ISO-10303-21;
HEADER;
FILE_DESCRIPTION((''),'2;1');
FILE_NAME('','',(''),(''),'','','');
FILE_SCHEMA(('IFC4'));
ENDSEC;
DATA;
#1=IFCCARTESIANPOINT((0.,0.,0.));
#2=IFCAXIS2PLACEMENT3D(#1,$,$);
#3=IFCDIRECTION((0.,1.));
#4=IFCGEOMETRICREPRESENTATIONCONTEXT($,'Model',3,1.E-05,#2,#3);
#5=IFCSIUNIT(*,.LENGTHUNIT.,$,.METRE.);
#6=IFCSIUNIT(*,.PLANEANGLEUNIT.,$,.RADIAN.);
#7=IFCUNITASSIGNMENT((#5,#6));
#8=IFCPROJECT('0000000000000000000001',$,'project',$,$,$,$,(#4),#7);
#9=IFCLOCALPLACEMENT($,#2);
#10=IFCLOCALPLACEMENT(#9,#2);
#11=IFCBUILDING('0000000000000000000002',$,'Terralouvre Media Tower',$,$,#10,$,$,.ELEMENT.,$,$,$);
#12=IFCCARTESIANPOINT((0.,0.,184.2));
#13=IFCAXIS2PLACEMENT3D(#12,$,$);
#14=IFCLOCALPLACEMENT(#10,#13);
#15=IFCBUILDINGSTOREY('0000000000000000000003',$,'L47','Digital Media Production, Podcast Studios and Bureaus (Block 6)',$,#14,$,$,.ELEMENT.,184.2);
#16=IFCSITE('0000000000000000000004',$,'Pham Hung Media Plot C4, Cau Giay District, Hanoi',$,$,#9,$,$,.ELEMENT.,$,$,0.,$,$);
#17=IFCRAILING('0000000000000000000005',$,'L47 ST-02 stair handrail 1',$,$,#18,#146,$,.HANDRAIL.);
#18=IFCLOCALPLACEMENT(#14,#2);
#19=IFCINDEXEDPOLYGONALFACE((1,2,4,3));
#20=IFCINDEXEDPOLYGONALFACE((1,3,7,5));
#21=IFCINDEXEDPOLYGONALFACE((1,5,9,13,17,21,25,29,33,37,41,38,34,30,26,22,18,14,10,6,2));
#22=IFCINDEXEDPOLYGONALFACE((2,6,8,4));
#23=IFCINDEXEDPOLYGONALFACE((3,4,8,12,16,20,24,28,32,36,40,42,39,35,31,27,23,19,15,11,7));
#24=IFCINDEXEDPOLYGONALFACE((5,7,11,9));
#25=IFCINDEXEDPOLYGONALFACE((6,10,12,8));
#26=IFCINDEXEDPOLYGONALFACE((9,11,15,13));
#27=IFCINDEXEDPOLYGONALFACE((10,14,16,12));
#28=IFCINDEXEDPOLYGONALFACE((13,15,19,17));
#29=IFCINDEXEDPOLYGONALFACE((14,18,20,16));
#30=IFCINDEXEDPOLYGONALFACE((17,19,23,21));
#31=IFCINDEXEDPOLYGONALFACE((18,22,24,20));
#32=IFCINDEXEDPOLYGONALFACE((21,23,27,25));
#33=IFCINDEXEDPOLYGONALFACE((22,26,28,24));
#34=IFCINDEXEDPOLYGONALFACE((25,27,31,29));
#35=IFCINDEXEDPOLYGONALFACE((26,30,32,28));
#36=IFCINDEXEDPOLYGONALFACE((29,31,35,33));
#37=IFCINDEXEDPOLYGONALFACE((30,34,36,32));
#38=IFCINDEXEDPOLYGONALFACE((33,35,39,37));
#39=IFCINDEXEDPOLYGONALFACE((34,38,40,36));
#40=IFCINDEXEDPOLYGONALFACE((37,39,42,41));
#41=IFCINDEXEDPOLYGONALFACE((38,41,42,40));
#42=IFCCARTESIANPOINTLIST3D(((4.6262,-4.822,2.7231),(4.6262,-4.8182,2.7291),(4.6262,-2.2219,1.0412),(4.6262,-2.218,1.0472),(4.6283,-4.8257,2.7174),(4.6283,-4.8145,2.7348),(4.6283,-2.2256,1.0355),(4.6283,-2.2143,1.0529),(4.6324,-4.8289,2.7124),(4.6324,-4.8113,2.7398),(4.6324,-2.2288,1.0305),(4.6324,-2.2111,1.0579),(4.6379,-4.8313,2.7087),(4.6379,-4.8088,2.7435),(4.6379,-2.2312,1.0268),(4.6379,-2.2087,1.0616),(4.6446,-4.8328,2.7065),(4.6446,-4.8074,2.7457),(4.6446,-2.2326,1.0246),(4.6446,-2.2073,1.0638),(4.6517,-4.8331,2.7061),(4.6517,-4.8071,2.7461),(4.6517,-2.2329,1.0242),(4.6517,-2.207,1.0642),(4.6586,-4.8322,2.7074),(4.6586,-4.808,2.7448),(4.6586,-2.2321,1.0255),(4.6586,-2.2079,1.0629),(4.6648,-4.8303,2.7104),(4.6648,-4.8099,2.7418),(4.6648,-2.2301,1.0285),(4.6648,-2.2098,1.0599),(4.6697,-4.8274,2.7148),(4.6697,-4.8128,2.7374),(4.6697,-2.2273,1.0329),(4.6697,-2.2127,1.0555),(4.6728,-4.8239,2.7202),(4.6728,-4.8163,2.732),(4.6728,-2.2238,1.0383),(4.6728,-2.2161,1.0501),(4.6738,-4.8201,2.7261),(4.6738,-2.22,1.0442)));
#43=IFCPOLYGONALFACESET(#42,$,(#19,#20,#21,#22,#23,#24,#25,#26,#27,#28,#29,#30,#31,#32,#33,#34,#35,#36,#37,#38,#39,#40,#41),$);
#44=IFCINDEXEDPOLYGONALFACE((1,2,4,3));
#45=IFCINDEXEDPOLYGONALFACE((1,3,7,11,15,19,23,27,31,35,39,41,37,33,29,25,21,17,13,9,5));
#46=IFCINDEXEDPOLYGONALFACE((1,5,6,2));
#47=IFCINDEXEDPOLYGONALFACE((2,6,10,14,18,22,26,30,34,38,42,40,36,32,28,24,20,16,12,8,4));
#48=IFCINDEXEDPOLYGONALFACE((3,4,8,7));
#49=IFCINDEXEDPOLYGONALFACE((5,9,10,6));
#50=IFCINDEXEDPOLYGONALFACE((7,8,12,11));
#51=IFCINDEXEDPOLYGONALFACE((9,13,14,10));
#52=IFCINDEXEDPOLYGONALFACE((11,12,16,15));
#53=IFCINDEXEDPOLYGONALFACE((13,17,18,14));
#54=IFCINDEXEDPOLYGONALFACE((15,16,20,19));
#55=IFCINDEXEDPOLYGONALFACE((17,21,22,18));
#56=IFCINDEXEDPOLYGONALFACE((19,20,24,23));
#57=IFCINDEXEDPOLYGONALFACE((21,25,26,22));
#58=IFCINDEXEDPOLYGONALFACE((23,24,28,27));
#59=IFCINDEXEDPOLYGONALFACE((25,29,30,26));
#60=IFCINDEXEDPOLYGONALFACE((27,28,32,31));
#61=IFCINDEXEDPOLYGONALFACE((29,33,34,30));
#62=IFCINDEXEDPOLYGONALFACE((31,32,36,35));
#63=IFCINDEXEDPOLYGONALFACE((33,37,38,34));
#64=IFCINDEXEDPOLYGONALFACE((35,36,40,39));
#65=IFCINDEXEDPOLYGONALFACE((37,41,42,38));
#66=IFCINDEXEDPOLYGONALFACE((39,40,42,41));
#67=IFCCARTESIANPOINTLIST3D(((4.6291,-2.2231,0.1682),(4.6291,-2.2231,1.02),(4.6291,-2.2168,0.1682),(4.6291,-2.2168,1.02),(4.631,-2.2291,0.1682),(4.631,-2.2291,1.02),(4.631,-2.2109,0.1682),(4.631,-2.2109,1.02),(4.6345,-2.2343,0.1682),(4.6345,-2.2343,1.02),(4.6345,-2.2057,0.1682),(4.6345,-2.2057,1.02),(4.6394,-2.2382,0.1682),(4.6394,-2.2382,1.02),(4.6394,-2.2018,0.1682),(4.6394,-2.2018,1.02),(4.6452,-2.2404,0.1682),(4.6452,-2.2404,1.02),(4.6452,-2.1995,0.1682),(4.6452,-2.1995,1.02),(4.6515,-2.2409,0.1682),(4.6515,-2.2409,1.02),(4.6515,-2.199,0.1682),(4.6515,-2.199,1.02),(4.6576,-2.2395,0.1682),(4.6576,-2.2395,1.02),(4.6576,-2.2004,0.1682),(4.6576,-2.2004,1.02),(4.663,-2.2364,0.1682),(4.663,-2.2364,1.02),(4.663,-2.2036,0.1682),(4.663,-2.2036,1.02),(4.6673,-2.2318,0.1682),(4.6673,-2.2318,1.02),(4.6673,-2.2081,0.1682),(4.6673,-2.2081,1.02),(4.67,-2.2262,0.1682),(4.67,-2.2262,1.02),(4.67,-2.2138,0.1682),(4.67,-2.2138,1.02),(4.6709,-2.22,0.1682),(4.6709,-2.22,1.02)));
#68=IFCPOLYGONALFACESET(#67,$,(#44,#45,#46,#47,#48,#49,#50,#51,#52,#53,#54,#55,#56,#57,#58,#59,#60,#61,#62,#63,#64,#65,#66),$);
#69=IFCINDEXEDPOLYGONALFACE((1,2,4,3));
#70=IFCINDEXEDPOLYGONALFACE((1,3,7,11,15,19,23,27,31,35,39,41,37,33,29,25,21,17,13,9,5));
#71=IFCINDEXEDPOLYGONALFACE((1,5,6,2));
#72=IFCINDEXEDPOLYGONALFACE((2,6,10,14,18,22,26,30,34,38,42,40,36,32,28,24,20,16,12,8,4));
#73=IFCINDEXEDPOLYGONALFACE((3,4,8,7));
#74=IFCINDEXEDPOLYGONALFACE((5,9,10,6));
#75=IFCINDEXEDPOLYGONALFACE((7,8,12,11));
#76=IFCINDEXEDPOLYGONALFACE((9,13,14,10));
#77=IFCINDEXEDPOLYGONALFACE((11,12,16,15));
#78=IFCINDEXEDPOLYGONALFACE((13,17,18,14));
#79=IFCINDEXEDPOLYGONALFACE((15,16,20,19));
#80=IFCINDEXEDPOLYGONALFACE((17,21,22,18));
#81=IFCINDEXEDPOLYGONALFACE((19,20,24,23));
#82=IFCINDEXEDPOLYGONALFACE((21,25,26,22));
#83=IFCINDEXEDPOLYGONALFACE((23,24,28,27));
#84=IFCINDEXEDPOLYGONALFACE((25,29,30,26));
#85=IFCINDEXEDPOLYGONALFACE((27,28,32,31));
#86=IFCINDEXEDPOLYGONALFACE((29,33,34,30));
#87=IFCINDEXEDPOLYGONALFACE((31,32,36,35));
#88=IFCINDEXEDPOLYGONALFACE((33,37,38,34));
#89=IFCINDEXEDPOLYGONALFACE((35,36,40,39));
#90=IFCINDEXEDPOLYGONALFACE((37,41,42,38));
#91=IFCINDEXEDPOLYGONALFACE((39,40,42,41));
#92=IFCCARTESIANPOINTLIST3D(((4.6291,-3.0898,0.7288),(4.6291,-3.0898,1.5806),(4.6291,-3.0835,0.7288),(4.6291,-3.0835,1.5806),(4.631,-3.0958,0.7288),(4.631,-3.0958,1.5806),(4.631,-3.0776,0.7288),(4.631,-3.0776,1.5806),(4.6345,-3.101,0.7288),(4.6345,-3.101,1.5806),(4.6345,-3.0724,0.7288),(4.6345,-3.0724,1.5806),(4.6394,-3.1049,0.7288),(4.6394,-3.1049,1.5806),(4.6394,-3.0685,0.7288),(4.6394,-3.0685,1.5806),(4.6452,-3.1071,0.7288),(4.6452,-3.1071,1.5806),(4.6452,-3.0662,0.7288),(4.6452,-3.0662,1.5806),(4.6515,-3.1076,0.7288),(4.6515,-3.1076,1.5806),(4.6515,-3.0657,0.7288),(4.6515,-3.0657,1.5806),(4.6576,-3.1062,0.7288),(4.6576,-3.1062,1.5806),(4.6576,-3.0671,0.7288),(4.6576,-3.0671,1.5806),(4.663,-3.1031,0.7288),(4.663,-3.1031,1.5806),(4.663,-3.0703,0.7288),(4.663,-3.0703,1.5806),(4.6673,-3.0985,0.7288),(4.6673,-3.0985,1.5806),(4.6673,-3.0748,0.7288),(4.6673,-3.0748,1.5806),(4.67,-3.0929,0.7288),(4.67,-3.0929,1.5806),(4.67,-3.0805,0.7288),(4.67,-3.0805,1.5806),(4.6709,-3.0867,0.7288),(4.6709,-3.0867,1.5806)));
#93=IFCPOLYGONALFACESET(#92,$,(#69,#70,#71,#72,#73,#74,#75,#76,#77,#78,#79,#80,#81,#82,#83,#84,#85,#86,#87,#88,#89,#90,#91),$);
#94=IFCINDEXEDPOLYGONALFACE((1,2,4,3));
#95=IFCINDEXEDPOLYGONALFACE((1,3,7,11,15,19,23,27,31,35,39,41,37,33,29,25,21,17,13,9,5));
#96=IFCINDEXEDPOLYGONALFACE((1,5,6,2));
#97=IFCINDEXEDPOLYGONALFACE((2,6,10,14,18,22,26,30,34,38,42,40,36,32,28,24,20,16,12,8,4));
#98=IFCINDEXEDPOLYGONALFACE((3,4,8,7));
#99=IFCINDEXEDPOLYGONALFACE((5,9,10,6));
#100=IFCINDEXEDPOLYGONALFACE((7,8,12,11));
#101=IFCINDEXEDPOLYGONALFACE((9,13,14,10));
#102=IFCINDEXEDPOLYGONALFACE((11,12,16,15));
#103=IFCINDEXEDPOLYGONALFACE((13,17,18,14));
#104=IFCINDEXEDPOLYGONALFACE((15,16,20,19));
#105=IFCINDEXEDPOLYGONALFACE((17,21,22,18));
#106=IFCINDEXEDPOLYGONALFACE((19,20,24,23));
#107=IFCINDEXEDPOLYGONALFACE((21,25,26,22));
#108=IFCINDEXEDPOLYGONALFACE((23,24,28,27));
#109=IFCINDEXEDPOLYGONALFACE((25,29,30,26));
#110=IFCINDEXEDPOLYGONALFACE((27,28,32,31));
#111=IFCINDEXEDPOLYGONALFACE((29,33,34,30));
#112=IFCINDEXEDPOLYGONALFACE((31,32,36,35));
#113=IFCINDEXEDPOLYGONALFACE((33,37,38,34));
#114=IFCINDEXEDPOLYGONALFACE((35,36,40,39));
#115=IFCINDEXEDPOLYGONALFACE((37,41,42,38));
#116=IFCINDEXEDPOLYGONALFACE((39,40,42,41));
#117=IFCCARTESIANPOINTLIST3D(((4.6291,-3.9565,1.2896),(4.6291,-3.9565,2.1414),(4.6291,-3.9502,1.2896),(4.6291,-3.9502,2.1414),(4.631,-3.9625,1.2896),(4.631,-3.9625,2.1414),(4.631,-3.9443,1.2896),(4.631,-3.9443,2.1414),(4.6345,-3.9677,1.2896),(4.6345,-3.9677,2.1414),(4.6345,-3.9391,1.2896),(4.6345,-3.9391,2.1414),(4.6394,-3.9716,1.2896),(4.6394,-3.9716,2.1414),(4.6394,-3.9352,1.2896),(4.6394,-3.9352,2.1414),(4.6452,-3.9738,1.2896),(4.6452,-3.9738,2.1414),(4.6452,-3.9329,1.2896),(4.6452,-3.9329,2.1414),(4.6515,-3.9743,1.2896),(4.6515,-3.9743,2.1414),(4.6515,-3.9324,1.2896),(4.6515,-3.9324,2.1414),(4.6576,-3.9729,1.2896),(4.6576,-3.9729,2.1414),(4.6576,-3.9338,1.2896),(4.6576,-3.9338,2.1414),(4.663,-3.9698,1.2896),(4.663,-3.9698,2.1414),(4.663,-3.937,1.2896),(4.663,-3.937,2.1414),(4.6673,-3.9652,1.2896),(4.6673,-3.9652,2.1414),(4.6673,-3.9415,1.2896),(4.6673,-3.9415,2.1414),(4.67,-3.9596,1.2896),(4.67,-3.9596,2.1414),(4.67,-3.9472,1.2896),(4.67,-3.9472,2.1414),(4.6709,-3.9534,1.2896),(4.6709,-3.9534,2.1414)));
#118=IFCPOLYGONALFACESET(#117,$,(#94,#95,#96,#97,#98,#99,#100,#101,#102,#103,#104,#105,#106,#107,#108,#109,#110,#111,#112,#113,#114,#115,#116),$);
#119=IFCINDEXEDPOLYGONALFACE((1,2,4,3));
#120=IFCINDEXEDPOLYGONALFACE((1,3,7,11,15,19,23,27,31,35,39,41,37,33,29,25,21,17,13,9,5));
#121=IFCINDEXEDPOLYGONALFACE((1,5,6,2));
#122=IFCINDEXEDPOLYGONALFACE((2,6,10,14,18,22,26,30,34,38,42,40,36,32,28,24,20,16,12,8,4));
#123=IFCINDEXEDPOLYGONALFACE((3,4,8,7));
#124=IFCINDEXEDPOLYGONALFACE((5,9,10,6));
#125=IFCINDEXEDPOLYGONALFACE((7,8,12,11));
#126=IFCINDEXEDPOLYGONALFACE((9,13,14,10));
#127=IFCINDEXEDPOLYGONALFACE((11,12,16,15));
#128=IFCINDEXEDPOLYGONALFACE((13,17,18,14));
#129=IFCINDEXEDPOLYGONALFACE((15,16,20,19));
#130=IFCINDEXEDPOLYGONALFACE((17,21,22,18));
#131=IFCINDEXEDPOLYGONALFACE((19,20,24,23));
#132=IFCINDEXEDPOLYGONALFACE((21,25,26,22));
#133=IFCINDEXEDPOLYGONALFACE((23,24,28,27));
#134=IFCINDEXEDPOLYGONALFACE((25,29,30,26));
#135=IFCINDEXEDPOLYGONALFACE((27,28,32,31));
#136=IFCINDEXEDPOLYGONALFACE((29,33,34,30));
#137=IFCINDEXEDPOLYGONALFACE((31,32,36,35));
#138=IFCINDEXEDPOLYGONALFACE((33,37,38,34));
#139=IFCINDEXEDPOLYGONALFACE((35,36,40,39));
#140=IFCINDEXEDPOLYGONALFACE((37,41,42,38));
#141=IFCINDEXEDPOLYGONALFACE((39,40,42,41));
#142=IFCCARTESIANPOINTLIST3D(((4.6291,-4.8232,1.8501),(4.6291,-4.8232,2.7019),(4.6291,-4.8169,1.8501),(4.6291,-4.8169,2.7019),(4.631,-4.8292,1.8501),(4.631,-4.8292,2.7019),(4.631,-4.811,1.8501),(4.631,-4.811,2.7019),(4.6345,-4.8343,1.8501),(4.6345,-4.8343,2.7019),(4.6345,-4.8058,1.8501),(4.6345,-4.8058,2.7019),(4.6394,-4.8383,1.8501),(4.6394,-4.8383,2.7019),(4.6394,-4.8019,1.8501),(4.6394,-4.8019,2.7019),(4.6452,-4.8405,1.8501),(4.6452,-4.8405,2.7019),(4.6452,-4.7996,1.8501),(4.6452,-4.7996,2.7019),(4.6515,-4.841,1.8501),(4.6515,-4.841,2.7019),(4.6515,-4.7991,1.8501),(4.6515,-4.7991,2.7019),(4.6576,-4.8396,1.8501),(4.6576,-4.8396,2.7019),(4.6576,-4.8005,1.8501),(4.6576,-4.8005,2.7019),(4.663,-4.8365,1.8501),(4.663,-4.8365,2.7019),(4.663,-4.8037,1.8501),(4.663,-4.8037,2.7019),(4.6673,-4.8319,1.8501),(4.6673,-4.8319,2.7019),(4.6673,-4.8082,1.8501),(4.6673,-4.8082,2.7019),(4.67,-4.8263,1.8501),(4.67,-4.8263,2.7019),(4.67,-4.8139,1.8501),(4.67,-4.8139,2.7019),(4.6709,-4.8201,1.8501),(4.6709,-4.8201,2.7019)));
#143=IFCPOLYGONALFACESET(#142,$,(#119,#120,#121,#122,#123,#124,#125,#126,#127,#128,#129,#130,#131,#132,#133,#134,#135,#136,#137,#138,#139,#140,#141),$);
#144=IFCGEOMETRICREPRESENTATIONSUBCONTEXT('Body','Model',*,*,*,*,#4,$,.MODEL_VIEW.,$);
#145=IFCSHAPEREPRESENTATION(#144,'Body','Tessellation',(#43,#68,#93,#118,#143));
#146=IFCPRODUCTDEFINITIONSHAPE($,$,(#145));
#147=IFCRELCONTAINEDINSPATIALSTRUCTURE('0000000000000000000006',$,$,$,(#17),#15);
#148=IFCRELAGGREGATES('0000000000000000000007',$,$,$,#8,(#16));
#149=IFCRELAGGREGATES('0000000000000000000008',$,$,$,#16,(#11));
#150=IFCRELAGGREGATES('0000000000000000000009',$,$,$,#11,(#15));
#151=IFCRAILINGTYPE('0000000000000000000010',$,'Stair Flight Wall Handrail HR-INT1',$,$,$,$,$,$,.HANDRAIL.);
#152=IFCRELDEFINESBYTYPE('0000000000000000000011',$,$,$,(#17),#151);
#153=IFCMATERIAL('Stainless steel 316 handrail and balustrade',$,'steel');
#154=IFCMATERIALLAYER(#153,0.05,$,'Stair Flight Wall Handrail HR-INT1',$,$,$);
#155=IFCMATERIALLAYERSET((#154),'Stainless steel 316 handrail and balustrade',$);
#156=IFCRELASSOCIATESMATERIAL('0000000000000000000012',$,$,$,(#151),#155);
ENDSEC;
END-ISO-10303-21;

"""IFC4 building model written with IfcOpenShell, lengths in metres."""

from ifc_helpers import new_model, si_unit, direction, frame, origin, origin_2d, place, context, subcontext, project, spatial, circle, extrude, material, layer, layer_set, type_object, element, save


model = new_model("IFC4")

# Units and contexts
model_context = context("Model", 3, precision=1e-05, world=origin(), true_north=direction((0.0, 1.0)))
body_context = subcontext(model_context, "Body", "Model", "MODEL_VIEW")
ifc_project = project(units=[si_unit("LENGTHUNIT", "METRE"), si_unit("PLANEANGLEUNIT", "RADIAN")], contexts=[model_context])

# Site, building, storey
site_placement = place(None, origin())
site = spatial("IfcSite", under=ifc_project, at=site_placement, Name="Pham Hung Media Plot C4, Cau Giay District, Hanoi", CompositionType="ELEMENT", RefElevation=0.0)
building_placement = place(site_placement, origin())
building = spatial("IfcBuilding", under=site, at=building_placement, Name="Terralouvre Media Tower", CompositionType="ELEMENT")
storey_placement = place(building_placement, frame((0.0, 0.0, 184.2)))
storey = spatial("IfcBuildingStorey", under=building, at=storey_placement, Name="L47", Description="Digital Media Production, Podcast Studios and Bureaus (Block 6)", CompositionType="ELEMENT", Elevation=184.2)

# Railing
ifc_material_1 = material(Name="Stainless steel 316 handrail and balustrade", Category="steel")
ifc_layer_1 = layer(ifc_material_1, 0.05, Name="Stair Flight Wall Handrail HR-INT1")
ifc_layer_set_1 = layer_set([ifc_layer_1], Name="Stainless steel 316 handrail and balustrade")
railing_type_1 = type_object("IfcRailingType", Name="Stair Flight Wall Handrail HR-INT1", PredefinedType="HANDRAIL", material=ifc_layer_set_1)
railing_1_placement = place(storey_placement, frame((4.6499, -2.22, 0.1682)))
element("IfcRailing", 1, at=railing_1_placement, inside=storey, type_object=railing_type_1, Name="L47 ST-02 stair handrail 1", PredefinedType="HANDRAIL", context=body_context, shape_type="SweptSolid", body=[
    extrude(circle(Radius=0.0239, at=origin_2d()), frame((0.0, 0.0, 0.876), z_axis=(0.0, -0.839648, 0.54313), x_axis=(1.0, 0.0, 0.0)), (0.0, 0.0, 1.0), 3.0967),
    extrude(circle(Radius=0.021, at=origin_2d()), origin(), (0.0, 0.0, 1.0), 0.8518),
    extrude(circle(Radius=0.021, at=origin_2d()), frame((0.0, -0.8667, 0.5605)), (0.0, 0.0, 1.0), 0.8518),
    extrude(circle(Radius=0.021, at=origin_2d()), frame((0.0, -1.7334, 1.1213)), (0.0, 0.0, 1.0), 0.8518),
    extrude(circle(Radius=0.021, at=origin_2d()), frame((0.0, -2.6001, 1.6819)), (0.0, 0.0, 1.0), 0.8518),
])

save(model, "model.ifc")
